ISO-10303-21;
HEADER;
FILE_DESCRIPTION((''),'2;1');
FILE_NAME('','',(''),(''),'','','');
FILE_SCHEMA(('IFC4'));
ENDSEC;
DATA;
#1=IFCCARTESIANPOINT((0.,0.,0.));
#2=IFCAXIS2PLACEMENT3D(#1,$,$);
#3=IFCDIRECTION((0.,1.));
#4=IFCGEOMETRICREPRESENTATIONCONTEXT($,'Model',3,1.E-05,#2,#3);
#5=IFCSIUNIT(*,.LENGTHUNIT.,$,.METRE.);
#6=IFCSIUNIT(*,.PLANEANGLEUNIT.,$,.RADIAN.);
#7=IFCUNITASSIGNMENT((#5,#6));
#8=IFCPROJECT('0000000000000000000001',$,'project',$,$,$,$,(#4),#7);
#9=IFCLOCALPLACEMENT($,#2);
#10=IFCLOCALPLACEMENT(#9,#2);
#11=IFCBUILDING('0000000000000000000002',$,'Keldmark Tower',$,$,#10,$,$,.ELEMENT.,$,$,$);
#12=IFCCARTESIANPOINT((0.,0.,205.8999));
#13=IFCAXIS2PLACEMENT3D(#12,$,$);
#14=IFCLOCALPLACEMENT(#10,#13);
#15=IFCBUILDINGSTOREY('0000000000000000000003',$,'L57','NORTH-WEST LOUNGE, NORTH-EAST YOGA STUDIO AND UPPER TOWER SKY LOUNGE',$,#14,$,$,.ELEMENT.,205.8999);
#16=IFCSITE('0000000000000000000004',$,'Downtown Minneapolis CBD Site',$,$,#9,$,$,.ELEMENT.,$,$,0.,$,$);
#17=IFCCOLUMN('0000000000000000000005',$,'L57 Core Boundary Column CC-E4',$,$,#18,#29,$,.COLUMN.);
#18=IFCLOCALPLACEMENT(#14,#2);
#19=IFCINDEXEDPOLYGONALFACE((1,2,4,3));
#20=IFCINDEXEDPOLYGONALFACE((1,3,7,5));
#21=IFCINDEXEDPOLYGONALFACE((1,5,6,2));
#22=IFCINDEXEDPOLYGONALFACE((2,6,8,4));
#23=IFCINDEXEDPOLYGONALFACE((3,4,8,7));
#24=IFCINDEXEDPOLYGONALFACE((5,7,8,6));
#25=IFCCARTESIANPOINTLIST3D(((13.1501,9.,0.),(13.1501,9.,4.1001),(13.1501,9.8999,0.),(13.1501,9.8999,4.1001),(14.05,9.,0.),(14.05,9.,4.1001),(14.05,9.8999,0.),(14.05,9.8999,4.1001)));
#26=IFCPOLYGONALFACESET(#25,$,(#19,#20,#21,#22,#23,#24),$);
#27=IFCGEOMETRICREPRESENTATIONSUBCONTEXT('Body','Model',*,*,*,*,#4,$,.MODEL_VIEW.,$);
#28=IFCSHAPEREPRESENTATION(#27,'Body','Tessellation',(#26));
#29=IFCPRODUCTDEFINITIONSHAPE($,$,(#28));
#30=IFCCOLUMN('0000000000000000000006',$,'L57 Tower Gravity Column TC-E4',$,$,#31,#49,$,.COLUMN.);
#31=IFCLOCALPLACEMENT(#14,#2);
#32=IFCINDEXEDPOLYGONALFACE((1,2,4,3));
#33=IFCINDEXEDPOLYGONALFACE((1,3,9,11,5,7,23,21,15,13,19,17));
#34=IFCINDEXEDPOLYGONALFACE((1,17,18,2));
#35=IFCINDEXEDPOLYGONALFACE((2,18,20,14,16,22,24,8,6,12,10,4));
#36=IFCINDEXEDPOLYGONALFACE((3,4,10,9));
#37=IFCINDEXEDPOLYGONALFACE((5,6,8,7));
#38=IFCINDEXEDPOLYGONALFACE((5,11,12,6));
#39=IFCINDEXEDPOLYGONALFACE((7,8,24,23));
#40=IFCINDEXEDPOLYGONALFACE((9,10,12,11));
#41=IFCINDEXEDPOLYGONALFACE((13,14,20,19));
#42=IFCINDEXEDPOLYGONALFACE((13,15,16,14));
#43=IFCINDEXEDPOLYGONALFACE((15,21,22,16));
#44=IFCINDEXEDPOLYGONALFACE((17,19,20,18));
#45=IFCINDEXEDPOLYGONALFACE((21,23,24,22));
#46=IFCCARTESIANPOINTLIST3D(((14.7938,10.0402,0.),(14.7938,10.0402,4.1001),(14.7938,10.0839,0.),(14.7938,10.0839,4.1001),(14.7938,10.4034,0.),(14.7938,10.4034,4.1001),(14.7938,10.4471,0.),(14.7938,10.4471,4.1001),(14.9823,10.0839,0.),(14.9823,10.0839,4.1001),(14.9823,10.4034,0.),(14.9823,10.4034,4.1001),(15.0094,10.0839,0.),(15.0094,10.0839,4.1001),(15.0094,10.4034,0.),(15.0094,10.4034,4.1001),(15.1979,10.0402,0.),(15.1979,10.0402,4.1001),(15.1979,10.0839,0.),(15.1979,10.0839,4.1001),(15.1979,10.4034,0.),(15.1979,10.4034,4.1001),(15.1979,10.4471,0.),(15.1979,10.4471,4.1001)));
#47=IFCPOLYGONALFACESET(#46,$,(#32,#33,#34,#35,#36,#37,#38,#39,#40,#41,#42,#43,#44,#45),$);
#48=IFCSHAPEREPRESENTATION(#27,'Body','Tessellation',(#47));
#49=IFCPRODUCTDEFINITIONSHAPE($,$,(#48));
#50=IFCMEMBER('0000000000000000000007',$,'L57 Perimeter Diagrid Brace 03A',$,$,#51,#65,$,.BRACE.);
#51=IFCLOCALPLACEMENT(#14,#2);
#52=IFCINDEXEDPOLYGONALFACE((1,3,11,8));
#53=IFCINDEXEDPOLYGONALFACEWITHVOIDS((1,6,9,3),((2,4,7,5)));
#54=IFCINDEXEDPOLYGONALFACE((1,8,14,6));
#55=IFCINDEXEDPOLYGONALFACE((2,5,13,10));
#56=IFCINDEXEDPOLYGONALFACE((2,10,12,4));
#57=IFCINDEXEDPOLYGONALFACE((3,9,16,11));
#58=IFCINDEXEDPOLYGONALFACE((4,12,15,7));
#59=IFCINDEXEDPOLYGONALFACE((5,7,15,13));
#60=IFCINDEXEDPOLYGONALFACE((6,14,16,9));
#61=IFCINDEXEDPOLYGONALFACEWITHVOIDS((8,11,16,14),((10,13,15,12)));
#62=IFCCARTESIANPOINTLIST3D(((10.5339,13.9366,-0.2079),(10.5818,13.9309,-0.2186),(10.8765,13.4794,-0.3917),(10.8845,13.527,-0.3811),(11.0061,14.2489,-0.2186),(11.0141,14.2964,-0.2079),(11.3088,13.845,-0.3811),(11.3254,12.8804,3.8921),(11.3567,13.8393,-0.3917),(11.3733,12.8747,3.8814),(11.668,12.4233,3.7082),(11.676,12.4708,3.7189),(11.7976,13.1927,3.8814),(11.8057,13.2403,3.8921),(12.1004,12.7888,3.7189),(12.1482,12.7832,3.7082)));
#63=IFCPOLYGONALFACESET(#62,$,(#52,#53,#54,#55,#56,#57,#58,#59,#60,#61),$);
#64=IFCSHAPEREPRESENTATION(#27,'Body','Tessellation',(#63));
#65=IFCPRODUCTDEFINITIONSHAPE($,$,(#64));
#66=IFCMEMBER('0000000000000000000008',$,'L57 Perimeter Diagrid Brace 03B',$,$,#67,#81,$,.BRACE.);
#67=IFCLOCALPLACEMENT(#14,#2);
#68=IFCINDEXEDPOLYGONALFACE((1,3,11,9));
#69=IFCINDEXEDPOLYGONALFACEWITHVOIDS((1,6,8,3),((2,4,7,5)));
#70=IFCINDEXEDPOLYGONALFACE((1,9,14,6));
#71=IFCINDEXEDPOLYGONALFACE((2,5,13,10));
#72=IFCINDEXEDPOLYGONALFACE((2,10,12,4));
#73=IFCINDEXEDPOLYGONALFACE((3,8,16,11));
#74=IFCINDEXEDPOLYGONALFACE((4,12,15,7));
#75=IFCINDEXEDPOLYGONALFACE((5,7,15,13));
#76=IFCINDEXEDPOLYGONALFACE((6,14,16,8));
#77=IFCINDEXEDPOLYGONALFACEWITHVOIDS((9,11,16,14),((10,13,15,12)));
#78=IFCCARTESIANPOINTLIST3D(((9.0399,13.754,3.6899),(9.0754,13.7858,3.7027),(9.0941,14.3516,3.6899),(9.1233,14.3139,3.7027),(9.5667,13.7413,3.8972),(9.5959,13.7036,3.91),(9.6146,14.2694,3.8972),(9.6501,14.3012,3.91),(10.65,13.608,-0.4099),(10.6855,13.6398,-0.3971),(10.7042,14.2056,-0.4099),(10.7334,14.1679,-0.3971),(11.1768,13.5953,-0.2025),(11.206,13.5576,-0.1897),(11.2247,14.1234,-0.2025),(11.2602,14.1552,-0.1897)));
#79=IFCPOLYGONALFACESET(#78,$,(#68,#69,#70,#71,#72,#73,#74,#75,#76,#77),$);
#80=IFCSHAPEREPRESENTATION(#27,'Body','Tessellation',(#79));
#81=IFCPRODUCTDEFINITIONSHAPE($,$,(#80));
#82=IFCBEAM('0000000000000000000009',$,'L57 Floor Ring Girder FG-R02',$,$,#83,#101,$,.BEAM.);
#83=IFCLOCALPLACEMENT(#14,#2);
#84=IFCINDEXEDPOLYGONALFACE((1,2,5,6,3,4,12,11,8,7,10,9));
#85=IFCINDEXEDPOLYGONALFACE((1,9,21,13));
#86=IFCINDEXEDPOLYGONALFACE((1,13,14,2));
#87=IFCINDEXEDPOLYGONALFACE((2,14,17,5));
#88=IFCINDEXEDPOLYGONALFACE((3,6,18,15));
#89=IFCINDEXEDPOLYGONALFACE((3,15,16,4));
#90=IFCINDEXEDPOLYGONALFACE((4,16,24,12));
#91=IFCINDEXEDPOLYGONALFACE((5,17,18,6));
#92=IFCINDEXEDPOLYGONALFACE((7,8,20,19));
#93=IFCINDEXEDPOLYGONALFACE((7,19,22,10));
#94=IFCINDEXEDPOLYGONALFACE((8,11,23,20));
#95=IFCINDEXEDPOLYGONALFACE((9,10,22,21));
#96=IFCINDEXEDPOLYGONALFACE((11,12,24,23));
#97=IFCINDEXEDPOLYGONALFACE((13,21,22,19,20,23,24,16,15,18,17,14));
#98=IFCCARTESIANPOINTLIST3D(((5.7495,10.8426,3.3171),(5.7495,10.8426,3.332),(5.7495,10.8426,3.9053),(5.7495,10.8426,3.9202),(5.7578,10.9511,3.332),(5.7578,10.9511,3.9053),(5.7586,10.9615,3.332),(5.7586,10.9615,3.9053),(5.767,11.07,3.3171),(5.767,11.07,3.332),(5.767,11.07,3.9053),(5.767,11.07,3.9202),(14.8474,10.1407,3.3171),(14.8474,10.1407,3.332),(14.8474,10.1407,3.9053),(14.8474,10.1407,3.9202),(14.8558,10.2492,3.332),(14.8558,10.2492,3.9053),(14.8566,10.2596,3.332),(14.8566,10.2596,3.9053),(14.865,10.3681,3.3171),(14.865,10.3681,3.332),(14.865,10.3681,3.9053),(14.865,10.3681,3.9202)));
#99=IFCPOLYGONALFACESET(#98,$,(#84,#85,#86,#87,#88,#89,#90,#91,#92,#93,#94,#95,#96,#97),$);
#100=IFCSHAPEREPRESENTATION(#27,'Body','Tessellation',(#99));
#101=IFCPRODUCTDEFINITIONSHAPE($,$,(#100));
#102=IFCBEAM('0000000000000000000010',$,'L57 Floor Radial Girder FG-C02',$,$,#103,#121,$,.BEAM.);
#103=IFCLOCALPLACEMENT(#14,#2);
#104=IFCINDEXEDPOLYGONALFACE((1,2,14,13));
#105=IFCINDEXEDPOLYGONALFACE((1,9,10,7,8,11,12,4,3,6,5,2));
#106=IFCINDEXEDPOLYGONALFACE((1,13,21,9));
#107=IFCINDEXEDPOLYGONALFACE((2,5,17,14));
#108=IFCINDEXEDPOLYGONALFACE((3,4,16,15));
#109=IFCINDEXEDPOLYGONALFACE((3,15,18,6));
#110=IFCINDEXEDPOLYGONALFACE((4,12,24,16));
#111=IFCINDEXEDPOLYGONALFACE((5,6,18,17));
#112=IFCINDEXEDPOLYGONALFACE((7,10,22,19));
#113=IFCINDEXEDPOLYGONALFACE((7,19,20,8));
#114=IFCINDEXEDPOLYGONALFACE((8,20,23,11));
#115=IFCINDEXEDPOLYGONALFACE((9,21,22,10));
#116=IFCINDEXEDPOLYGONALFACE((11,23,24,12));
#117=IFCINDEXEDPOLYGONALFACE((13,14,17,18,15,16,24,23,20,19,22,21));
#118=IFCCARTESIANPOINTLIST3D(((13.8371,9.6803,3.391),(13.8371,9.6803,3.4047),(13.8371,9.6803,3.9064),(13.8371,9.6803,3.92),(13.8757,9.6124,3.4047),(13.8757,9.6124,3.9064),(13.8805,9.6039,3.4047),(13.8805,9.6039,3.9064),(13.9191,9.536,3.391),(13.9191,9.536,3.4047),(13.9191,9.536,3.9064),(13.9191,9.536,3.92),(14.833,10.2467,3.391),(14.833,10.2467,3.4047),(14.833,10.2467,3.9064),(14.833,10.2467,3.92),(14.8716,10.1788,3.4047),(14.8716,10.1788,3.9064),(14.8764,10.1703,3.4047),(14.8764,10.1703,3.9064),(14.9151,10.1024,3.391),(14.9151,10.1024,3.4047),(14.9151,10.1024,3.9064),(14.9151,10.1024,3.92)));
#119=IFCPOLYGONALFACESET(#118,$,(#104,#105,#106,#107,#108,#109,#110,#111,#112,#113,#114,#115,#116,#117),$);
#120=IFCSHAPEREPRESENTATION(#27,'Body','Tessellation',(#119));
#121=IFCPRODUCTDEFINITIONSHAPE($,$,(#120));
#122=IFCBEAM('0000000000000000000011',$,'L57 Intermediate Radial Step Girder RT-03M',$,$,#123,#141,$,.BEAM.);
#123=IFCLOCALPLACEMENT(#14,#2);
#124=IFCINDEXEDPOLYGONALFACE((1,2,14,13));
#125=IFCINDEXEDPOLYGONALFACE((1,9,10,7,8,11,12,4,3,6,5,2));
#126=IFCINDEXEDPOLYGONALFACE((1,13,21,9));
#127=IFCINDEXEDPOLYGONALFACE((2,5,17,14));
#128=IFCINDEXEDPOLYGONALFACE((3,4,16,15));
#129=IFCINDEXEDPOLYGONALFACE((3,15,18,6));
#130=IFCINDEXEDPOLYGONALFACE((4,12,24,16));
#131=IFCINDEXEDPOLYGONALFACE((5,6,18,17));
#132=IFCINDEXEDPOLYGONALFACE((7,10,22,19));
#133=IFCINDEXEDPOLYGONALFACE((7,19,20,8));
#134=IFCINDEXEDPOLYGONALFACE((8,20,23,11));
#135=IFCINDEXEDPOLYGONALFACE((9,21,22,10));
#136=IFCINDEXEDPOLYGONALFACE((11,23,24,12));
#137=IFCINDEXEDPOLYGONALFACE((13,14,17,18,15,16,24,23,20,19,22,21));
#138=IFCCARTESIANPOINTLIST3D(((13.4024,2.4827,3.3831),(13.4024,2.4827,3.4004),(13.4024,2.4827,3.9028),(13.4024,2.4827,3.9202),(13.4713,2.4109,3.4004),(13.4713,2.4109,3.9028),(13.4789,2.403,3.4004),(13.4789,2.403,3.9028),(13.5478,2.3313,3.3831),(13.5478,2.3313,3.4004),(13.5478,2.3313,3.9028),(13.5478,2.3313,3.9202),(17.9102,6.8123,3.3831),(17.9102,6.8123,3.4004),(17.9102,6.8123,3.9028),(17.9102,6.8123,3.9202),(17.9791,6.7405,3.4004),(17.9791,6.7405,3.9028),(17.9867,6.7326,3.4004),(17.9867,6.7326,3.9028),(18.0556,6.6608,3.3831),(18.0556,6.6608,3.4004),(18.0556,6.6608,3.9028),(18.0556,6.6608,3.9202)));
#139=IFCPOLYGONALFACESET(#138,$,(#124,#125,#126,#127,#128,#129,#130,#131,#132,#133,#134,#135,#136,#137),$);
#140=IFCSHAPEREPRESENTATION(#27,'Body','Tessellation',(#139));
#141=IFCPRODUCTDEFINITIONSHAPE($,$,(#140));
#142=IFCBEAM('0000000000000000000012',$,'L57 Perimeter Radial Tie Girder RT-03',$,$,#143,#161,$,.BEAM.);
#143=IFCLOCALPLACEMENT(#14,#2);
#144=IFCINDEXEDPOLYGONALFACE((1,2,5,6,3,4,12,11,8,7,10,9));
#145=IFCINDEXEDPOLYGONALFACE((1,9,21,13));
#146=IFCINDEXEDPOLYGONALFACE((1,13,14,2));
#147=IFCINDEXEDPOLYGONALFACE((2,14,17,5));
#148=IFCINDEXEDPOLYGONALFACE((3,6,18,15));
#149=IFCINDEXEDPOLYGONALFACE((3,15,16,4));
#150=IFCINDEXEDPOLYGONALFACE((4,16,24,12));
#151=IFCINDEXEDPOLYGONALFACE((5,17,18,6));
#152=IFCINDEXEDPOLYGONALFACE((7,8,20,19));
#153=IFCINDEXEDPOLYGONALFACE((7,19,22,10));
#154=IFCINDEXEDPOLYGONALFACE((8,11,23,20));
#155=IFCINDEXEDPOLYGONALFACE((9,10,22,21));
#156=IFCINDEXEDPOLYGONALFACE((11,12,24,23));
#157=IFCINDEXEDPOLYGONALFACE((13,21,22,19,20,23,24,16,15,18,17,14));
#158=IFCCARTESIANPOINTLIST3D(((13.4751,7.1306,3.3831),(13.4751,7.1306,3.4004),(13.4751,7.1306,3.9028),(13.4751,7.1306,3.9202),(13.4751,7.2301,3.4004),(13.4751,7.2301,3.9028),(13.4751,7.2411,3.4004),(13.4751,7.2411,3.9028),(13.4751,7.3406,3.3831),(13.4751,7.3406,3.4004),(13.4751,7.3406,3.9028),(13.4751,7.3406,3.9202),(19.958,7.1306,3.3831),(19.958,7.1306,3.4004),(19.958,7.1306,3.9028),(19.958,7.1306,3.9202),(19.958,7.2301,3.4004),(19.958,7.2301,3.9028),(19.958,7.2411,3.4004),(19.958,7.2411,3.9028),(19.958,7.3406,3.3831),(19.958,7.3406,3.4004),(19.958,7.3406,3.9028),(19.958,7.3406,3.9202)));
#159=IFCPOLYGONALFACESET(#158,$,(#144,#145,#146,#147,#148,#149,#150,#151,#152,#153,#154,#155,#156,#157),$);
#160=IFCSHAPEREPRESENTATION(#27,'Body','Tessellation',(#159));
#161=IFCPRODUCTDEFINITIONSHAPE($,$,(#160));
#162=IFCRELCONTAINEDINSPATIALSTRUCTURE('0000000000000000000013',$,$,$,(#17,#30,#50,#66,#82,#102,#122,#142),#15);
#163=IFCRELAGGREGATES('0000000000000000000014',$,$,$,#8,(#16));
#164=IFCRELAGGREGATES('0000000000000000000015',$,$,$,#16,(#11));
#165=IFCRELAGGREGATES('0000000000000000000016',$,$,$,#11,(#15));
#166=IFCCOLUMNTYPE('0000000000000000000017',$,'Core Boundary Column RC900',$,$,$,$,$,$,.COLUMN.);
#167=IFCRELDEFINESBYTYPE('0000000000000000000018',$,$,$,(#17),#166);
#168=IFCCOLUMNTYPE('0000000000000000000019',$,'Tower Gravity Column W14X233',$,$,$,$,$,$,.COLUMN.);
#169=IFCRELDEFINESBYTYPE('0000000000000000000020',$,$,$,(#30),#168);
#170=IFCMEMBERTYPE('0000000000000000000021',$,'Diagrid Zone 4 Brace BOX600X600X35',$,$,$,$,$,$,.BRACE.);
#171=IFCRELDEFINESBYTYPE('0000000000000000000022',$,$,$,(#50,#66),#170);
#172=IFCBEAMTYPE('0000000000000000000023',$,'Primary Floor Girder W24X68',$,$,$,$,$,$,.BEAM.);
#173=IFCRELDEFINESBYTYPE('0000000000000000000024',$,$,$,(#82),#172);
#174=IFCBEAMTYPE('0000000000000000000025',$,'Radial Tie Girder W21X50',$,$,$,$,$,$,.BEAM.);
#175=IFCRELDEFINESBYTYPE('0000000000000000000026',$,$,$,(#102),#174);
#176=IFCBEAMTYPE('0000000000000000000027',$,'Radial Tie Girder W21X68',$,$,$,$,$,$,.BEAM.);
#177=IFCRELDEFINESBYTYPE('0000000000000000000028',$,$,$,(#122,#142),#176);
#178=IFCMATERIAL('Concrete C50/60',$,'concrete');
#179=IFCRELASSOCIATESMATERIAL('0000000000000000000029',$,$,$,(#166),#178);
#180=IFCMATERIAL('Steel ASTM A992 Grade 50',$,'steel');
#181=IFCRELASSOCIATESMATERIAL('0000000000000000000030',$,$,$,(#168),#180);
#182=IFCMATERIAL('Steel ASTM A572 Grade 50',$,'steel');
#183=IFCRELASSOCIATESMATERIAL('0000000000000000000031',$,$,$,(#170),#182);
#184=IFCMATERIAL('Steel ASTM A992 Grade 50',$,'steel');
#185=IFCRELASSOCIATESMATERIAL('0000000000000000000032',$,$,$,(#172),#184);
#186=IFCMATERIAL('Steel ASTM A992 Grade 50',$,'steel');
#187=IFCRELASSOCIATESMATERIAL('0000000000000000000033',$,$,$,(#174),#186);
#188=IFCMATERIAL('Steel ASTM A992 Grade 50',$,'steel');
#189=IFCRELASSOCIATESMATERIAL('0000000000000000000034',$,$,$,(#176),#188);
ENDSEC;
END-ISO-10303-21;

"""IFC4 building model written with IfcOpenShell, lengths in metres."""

from ifc_helpers import new_model, si_unit, direction, frame, origin, origin_2d, place, context, subcontext, project, spatial, rectangle, hollow_rectangle, i_section, extrude, material, material_profile, profile_set, type_object, element, save


model = new_model("IFC4")

# Units and contexts
model_context = context("Model", 3, precision=1e-05, world=origin(), true_north=direction((0.0, 1.0)))
body_context = subcontext(model_context, "Body", "Model", "MODEL_VIEW")
ifc_project = project(units=[si_unit("LENGTHUNIT", "METRE"), si_unit("PLANEANGLEUNIT", "RADIAN")], contexts=[model_context])

# Site, building, storey
site_placement = place(None, origin())
site = spatial("IfcSite", under=ifc_project, at=site_placement, Name="Downtown Minneapolis CBD Site", CompositionType="ELEMENT", RefElevation=0.0)
building_placement = place(site_placement, origin())
building = spatial("IfcBuilding", under=site, at=building_placement, Name="Keldmark Tower", CompositionType="ELEMENT")
storey_placement = place(building_placement, frame((0.0, 0.0, 205.8999)))
storey = spatial("IfcBuildingStorey", under=building, at=storey_placement, Name="L57", Description="NORTH-WEST LOUNGE, NORTH-EAST YOGA STUDIO AND UPPER TOWER SKY LOUNGE", CompositionType="ELEMENT", Elevation=205.8999)

# Columns
ifc_material_1 = material(Name="Concrete C50/60", Category="concrete")
ifc_material_profile_1 = material_profile(ifc_material_1, rectangle(XDim=0.8999, YDim=0.8999, at=origin_2d()), Name="RC900X900")
ifc_profile_set_1 = profile_set([ifc_material_profile_1], Name="Concrete C50/60")
column_type_1 = type_object("IfcColumnType", Name="Core Boundary Column RC900", PredefinedType="COLUMN", material=ifc_profile_set_1)
column_1_placement = place(storey_placement, frame((13.6001, 9.45, 0.0), z_axis=(0.0, 0.0, 1.0), x_axis=(1.0, 0.0, 0.0)))
element("IfcColumn", 1, at=column_1_placement, inside=storey, type_object=column_type_1, Name="L57 Core Boundary Column CC-E4", PredefinedType="COLUMN", context=body_context, shape_type="SweptSolid", body=[
    extrude(rectangle(XDim=0.8999, YDim=0.8999, at=origin_2d()), origin(), (0.0, 0.0, 1.0), 4.1001),
])
ifc_material_2 = material(Name="Steel ASTM A992 Grade 50", Category="steel")
ifc_material_profile_2 = material_profile(ifc_material_2, i_section(OverallWidth=0.4041, OverallDepth=0.407, WebThickness=0.0271, FlangeThickness=0.0437, at=origin_2d()), Name="W14X233")
ifc_profile_set_2 = profile_set([ifc_material_profile_2], Name="Steel ASTM A992 Grade 50")
column_type_2 = type_object("IfcColumnType", Name="Tower Gravity Column W14X233", PredefinedType="COLUMN", material=ifc_profile_set_2)
column_2_placement = place(storey_placement, frame((14.9958, 10.2437, 0.0), z_axis=(0.0, 0.0, 1.0), x_axis=(1.0, 0.0, 0.0)))
element("IfcColumn", 2, at=column_2_placement, inside=storey, type_object=column_type_2, Name="L57 Tower Gravity Column TC-E4", PredefinedType="COLUMN", context=body_context, shape_type="SweptSolid", body=[
    extrude(i_section(OverallWidth=0.4041, OverallDepth=0.407, WebThickness=0.0271, FlangeThickness=0.0437, at=origin_2d()), origin(), (0.0, 0.0, 1.0), 4.1001),
])

# Members
ifc_material_3 = material(Name="Steel ASTM A572 Grade 50", Category="steel")
ifc_material_profile_3 = material_profile(ifc_material_3, hollow_rectangle(XDim=0.6001, YDim=0.6001, WallThickness=0.0349, at=origin_2d()), Name="BOX600X600X35")
ifc_profile_set_3 = profile_set([ifc_material_profile_3], Name="Steel ASTM A572 Grade 50")
member_type = type_object("IfcMemberType", Name="Diagrid Zone 4 Brace BOX600X600X35", PredefinedType="BRACE", material=ifc_profile_set_3)
member_1_placement = place(storey_placement, frame((10.9453, 13.8879, -0.2998), z_axis=(0.183769, -0.245214, 0.951892), x_axis=(0.800222, 0.599704, 0.0)))
element("IfcMember", 3, at=member_1_placement, inside=storey, type_object=member_type, Name="L57 Perimeter Diagrid Brace 03A", PredefinedType="BRACE", context=body_context, shape_type="SweptSolid", body=[
    extrude(hollow_rectangle(XDim=0.6001, YDim=0.6001, WallThickness=0.0349, at=origin_2d()), origin(), (0.0, 0.0, 1.0), 4.3071),
])
member_2_placement = place(storey_placement, frame((10.9551, 13.8816, -0.2998), z_axis=(-0.365344, 0.033127, 0.930283), x_axis=(-0.090304, -0.995914, 0.0)))
element("IfcMember", 4, at=member_2_placement, inside=storey, type_object=member_type, Name="L57 Perimeter Diagrid Brace 03B", PredefinedType="BRACE", context=body_context, shape_type="SweptSolid", body=[
    extrude(hollow_rectangle(XDim=0.6001, YDim=0.6001, WallThickness=0.0349, at=origin_2d()), origin(), (0.0, 0.0, 1.0), 4.407),
])

# Beams
ifc_material_4 = material(Name="Steel ASTM A992 Grade 50", Category="steel")
ifc_material_profile_4 = material_profile(ifc_material_4, i_section(OverallWidth=0.228, OverallDepth=0.603, WebThickness=0.0105, FlangeThickness=0.0149, at=origin_2d()), Name="W24X68")
ifc_profile_set_4 = profile_set([ifc_material_profile_4], Name="Steel ASTM A992 Grade 50")
beam_type_1 = type_object("IfcBeamType", Name="Primary Floor Girder W24X68", PredefinedType="BEAM", material=ifc_profile_set_4)
beam_1_placement = place(storey_placement, frame((14.8562, 10.2544, 3.6187), z_axis=(-0.997037, 0.076922, 0.0), x_axis=(-0.076922, -0.997037, 0.0)))
element("IfcBeam", 5, at=beam_1_placement, inside=storey, type_object=beam_type_1, Name="L57 Floor Ring Girder FG-R02", PredefinedType="BEAM", context=body_context, shape_type="SweptSolid", body=[
    extrude(i_section(OverallWidth=0.228, OverallDepth=0.603, WebThickness=0.0105, FlangeThickness=0.0149, at=origin_2d()), origin(), (0.0, 0.0, 1.0), 9.125),
])
ifc_material_5 = material(Name="Steel ASTM A992 Grade 50", Category="steel")
ifc_material_profile_5 = material_profile(ifc_material_5, i_section(OverallWidth=0.166, OverallDepth=0.5291, WebThickness=0.0098, FlangeThickness=0.0137, at=origin_2d()), Name="W21X50")
ifc_profile_set_5 = profile_set([ifc_material_profile_5], Name="Steel ASTM A992 Grade 50")
beam_type_2 = type_object("IfcBeamType", Name="Radial Tie Girder W21X50", PredefinedType="BEAM", material=ifc_profile_set_5)
beam_2_placement = place(storey_placement, frame((14.874, 10.1746, 3.6555), z_axis=(-0.869238, -0.494394, 0.0), x_axis=(0.494394, -0.869238, 0.0)))
element("IfcBeam", 6, at=beam_2_placement, inside=storey, type_object=beam_type_2, Name="L57 Floor Radial Girder FG-C02", PredefinedType="BEAM", context=body_context, shape_type="SweptSolid", body=[
    extrude(i_section(OverallWidth=0.166, OverallDepth=0.5291, WebThickness=0.0098, FlangeThickness=0.0137, at=origin_2d()), origin(), (0.0, 0.0, 1.0), 1.1458),
])
ifc_material_6 = material(Name="Steel ASTM A992 Grade 50", Category="steel")
ifc_material_profile_6 = material_profile(ifc_material_6, i_section(OverallWidth=0.21, OverallDepth=0.5371, WebThickness=0.011, FlangeThickness=0.0173, at=origin_2d()), Name="W21X68")
ifc_profile_set_6 = profile_set([ifc_material_profile_6], Name="Steel ASTM A992 Grade 50")
beam_type_3 = type_object("IfcBeamType", Name="Radial Tie Girder W21X68", PredefinedType="BEAM", material=ifc_profile_set_6)
beam_3_placement = place(storey_placement, frame((13.4751, 2.407, 3.6516), z_axis=(0.72122, 0.692706, 0.0), x_axis=(-0.692706, 0.72122, 0.0)))
element("IfcBeam", 7, at=beam_3_placement, inside=storey, type_object=beam_type_3, Name="L57 Intermediate Radial Step Girder RT-03M", PredefinedType="BEAM", context=body_context, shape_type="SweptSolid", body=[
    extrude(i_section(OverallWidth=0.21, OverallDepth=0.5371, WebThickness=0.011, FlangeThickness=0.0173, at=origin_2d()), origin(), (0.0, 0.0, 1.0), 6.2502),
])
beam_4_placement = place(storey_placement, frame((13.4751, 7.2356, 3.6516), z_axis=(1.0, 0.0, 0.0), x_axis=(0.0, 1.0, 0.0)))
element("IfcBeam", 8, at=beam_4_placement, inside=storey, type_object=beam_type_3, Name="L57 Perimeter Radial Tie Girder RT-03", PredefinedType="BEAM", context=body_context, shape_type="SweptSolid", body=[
    extrude(i_section(OverallWidth=0.21, OverallDepth=0.5371, WebThickness=0.011, FlangeThickness=0.0173, at=origin_2d()), origin(), (0.0, 0.0, 1.0), 6.4829),
])

save(model, "model.ifc")
